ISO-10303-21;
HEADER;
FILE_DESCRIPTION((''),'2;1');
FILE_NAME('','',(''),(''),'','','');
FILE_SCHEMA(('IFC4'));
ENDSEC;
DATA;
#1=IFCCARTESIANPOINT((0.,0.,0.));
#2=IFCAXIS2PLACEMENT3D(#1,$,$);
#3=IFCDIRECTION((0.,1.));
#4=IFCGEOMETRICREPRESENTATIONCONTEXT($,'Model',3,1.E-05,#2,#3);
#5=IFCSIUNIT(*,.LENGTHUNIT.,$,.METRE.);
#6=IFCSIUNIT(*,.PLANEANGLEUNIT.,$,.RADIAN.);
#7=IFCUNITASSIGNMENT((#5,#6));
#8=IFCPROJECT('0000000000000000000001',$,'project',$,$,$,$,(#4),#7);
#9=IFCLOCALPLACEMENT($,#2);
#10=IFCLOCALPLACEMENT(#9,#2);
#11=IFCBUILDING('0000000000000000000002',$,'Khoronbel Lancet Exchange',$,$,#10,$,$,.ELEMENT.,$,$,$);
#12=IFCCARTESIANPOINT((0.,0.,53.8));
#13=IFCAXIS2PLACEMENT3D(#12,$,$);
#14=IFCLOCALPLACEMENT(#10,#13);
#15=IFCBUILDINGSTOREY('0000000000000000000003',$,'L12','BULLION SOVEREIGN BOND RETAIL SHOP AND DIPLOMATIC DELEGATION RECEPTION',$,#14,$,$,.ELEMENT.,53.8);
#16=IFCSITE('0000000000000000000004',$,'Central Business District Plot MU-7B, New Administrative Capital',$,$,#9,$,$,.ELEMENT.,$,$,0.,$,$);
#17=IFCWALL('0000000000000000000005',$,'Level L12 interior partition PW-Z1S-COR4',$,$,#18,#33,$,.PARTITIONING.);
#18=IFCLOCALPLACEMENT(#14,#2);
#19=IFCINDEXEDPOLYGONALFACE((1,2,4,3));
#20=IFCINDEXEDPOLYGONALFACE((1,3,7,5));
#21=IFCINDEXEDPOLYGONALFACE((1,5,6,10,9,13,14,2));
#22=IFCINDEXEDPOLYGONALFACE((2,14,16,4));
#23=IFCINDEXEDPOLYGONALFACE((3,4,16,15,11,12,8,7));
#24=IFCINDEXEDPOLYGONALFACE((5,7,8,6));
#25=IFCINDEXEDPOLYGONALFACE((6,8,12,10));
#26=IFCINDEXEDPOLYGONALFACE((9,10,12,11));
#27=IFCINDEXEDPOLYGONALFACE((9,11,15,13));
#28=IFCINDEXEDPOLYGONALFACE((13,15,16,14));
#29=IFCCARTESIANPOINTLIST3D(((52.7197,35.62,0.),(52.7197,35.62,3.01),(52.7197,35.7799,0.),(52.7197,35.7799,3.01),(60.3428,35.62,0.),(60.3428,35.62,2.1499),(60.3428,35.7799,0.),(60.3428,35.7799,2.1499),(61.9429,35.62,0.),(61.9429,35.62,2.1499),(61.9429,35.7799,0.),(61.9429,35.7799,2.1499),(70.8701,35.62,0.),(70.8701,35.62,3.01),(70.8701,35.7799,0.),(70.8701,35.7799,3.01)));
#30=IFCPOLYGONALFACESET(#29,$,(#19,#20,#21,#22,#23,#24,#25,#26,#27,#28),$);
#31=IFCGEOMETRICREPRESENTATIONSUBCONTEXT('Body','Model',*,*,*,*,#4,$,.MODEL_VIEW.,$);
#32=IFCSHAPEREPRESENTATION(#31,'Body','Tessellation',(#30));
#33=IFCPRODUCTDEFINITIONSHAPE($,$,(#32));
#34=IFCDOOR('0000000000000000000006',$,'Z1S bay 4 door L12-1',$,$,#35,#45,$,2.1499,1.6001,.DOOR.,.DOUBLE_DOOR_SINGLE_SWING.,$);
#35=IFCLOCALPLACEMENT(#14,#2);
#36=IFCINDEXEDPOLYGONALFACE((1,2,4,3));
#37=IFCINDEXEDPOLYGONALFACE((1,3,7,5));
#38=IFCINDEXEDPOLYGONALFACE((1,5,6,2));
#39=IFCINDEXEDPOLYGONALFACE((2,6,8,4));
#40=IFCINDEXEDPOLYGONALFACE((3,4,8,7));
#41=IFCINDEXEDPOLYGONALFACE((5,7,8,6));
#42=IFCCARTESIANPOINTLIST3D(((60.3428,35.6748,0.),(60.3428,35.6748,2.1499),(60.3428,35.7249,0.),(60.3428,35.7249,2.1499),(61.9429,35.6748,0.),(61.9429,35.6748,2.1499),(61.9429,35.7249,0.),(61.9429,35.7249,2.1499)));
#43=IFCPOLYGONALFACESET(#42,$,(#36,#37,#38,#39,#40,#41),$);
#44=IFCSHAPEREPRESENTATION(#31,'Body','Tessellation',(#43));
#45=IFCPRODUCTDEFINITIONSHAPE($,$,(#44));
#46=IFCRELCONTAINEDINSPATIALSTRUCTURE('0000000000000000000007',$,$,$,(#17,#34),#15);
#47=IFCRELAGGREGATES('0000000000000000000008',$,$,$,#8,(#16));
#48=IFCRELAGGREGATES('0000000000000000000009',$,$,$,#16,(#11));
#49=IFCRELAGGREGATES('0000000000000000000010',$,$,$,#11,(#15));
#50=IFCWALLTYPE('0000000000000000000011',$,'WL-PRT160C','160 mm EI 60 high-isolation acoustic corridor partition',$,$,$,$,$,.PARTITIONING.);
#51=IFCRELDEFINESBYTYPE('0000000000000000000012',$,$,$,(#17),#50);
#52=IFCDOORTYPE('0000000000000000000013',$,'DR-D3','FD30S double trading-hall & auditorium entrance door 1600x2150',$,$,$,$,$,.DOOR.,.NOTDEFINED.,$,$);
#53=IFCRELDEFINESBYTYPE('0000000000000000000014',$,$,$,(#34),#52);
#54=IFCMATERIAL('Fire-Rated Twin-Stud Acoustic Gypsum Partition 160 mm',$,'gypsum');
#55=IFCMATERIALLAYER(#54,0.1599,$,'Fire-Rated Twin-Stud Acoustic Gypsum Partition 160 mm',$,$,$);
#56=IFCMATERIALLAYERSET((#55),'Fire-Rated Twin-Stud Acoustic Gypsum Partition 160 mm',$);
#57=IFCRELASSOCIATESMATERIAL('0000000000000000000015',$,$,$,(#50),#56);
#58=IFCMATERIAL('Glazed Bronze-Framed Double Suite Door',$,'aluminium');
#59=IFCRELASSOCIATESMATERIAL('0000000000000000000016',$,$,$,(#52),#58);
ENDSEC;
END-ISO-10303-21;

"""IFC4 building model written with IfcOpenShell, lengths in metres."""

from ifc_helpers import new_model, si_unit, direction, frame, frame_2d, origin, place, context, subcontext, project, spatial, rectangle, extrude, material, layer, layer_set, type_object, element, fill, save


model = new_model("IFC4")

# Units and contexts
model_context = context("Model", 3, precision=1e-05, world=origin(), true_north=direction((0.0, 1.0)))
body_context = subcontext(model_context, "Body", "Model", "MODEL_VIEW")
ifc_project = project(units=[si_unit("LENGTHUNIT", "METRE"), si_unit("PLANEANGLEUNIT", "RADIAN")], contexts=[model_context])

# Site, building, storey
site_placement = place(None, origin())
site = spatial("IfcSite", under=ifc_project, at=site_placement, Name="Central Business District Plot MU-7B, New Administrative Capital", CompositionType="ELEMENT", RefElevation=0.0)
building_placement = place(site_placement, origin())
building = spatial("IfcBuilding", under=site, at=building_placement, Name="Khoronbel Lancet Exchange", CompositionType="ELEMENT")
storey_placement = place(building_placement, frame((0.0, 0.0, 53.8)))
storey = spatial("IfcBuildingStorey", under=building, at=storey_placement, Name="L12", Description="BULLION SOVEREIGN BOND RETAIL SHOP AND DIPLOMATIC DELEGATION RECEPTION", CompositionType="ELEMENT", Elevation=53.8)

# Wall, opening, door
ifc_material_1 = material(Name="Fire-Rated Twin-Stud Acoustic Gypsum Partition 160 mm", Category="gypsum")
ifc_layer_1 = layer(ifc_material_1, 0.1599, Name="Fire-Rated Twin-Stud Acoustic Gypsum Partition 160 mm")
ifc_layer_set_1 = layer_set([ifc_layer_1], Name="Fire-Rated Twin-Stud Acoustic Gypsum Partition 160 mm")
wall_type_1 = type_object("IfcWallType", Name="WL-PRT160C", Description="160 mm EI 60 high-isolation acoustic corridor partition", PredefinedType="PARTITIONING", material=ifc_layer_set_1)
ifc_material_2 = material(Name="Glazed Bronze-Framed Double Suite Door", Category="aluminium")
door_type_1 = type_object("IfcDoorType", Name="DR-D3", Description="FD30S double trading-hall & auditorium entrance door 1600x2150", OperationType="NOTDEFINED", PredefinedType="DOOR", material=ifc_material_2)
wall_1_placement = place(storey_placement, frame((52.7197, 35.7, 0.0), z_axis=(0.0, 0.0, 1.0), x_axis=(1.0, 0.0, 0.0)))
wall_1 = element("IfcWall", 1, at=wall_1_placement, inside=storey, type_object=wall_type_1, Name="Level L12 interior partition PW-Z1S-COR4", PredefinedType="PARTITIONING", context=body_context, shape_type="SweptSolid", body=[
    extrude(rectangle(XDim=18.1504, YDim=0.1599, at=frame_2d((9.0752, 0.0))), origin(), (0.0, 0.0, 1.0), 3.01),
])
opening_1_placement = place(wall_1_placement, frame((7.623, 0.0, 0.0)))
opening_1 = element("IfcOpeningElement", 2, at=opening_1_placement, cuts=wall_1, PredefinedType="OPENING", context=body_context, shape_type="SweptSolid", body=[
    extrude(rectangle(XDim=1.6001, YDim=2.1499, at=frame_2d((0.8, 1.075))), frame((0.0, 0.0898, 0.0), z_axis=(0.0, -1.0, 0.0), x_axis=(1.0, 0.0, 0.0)), (0.0, 0.0, 1.0), 0.1799),
])
door_1_placement = place(opening_1_placement, origin())
door_1 = element("IfcDoor", 3, at=door_1_placement, inside=storey, type_object=door_type_1, Name="Z1S bay 4 door L12-1", OperationType="DOUBLE_DOOR_SINGLE_SWING", OverallHeight=2.1499, OverallWidth=1.6001, PredefinedType="DOOR", context=body_context, shape_type="SweptSolid", body=[
    extrude(rectangle(XDim=1.6001, YDim=2.1499, at=frame_2d((0.8, 1.075))), frame((0.0, 0.0249, 0.0), z_axis=(0.0, -1.0, 0.0), x_axis=(1.0, 0.0, 0.0)), (0.0, 0.0, 1.0), 0.05),
])
fill(opening_1, door_1)

save(model, "model.ifc")
